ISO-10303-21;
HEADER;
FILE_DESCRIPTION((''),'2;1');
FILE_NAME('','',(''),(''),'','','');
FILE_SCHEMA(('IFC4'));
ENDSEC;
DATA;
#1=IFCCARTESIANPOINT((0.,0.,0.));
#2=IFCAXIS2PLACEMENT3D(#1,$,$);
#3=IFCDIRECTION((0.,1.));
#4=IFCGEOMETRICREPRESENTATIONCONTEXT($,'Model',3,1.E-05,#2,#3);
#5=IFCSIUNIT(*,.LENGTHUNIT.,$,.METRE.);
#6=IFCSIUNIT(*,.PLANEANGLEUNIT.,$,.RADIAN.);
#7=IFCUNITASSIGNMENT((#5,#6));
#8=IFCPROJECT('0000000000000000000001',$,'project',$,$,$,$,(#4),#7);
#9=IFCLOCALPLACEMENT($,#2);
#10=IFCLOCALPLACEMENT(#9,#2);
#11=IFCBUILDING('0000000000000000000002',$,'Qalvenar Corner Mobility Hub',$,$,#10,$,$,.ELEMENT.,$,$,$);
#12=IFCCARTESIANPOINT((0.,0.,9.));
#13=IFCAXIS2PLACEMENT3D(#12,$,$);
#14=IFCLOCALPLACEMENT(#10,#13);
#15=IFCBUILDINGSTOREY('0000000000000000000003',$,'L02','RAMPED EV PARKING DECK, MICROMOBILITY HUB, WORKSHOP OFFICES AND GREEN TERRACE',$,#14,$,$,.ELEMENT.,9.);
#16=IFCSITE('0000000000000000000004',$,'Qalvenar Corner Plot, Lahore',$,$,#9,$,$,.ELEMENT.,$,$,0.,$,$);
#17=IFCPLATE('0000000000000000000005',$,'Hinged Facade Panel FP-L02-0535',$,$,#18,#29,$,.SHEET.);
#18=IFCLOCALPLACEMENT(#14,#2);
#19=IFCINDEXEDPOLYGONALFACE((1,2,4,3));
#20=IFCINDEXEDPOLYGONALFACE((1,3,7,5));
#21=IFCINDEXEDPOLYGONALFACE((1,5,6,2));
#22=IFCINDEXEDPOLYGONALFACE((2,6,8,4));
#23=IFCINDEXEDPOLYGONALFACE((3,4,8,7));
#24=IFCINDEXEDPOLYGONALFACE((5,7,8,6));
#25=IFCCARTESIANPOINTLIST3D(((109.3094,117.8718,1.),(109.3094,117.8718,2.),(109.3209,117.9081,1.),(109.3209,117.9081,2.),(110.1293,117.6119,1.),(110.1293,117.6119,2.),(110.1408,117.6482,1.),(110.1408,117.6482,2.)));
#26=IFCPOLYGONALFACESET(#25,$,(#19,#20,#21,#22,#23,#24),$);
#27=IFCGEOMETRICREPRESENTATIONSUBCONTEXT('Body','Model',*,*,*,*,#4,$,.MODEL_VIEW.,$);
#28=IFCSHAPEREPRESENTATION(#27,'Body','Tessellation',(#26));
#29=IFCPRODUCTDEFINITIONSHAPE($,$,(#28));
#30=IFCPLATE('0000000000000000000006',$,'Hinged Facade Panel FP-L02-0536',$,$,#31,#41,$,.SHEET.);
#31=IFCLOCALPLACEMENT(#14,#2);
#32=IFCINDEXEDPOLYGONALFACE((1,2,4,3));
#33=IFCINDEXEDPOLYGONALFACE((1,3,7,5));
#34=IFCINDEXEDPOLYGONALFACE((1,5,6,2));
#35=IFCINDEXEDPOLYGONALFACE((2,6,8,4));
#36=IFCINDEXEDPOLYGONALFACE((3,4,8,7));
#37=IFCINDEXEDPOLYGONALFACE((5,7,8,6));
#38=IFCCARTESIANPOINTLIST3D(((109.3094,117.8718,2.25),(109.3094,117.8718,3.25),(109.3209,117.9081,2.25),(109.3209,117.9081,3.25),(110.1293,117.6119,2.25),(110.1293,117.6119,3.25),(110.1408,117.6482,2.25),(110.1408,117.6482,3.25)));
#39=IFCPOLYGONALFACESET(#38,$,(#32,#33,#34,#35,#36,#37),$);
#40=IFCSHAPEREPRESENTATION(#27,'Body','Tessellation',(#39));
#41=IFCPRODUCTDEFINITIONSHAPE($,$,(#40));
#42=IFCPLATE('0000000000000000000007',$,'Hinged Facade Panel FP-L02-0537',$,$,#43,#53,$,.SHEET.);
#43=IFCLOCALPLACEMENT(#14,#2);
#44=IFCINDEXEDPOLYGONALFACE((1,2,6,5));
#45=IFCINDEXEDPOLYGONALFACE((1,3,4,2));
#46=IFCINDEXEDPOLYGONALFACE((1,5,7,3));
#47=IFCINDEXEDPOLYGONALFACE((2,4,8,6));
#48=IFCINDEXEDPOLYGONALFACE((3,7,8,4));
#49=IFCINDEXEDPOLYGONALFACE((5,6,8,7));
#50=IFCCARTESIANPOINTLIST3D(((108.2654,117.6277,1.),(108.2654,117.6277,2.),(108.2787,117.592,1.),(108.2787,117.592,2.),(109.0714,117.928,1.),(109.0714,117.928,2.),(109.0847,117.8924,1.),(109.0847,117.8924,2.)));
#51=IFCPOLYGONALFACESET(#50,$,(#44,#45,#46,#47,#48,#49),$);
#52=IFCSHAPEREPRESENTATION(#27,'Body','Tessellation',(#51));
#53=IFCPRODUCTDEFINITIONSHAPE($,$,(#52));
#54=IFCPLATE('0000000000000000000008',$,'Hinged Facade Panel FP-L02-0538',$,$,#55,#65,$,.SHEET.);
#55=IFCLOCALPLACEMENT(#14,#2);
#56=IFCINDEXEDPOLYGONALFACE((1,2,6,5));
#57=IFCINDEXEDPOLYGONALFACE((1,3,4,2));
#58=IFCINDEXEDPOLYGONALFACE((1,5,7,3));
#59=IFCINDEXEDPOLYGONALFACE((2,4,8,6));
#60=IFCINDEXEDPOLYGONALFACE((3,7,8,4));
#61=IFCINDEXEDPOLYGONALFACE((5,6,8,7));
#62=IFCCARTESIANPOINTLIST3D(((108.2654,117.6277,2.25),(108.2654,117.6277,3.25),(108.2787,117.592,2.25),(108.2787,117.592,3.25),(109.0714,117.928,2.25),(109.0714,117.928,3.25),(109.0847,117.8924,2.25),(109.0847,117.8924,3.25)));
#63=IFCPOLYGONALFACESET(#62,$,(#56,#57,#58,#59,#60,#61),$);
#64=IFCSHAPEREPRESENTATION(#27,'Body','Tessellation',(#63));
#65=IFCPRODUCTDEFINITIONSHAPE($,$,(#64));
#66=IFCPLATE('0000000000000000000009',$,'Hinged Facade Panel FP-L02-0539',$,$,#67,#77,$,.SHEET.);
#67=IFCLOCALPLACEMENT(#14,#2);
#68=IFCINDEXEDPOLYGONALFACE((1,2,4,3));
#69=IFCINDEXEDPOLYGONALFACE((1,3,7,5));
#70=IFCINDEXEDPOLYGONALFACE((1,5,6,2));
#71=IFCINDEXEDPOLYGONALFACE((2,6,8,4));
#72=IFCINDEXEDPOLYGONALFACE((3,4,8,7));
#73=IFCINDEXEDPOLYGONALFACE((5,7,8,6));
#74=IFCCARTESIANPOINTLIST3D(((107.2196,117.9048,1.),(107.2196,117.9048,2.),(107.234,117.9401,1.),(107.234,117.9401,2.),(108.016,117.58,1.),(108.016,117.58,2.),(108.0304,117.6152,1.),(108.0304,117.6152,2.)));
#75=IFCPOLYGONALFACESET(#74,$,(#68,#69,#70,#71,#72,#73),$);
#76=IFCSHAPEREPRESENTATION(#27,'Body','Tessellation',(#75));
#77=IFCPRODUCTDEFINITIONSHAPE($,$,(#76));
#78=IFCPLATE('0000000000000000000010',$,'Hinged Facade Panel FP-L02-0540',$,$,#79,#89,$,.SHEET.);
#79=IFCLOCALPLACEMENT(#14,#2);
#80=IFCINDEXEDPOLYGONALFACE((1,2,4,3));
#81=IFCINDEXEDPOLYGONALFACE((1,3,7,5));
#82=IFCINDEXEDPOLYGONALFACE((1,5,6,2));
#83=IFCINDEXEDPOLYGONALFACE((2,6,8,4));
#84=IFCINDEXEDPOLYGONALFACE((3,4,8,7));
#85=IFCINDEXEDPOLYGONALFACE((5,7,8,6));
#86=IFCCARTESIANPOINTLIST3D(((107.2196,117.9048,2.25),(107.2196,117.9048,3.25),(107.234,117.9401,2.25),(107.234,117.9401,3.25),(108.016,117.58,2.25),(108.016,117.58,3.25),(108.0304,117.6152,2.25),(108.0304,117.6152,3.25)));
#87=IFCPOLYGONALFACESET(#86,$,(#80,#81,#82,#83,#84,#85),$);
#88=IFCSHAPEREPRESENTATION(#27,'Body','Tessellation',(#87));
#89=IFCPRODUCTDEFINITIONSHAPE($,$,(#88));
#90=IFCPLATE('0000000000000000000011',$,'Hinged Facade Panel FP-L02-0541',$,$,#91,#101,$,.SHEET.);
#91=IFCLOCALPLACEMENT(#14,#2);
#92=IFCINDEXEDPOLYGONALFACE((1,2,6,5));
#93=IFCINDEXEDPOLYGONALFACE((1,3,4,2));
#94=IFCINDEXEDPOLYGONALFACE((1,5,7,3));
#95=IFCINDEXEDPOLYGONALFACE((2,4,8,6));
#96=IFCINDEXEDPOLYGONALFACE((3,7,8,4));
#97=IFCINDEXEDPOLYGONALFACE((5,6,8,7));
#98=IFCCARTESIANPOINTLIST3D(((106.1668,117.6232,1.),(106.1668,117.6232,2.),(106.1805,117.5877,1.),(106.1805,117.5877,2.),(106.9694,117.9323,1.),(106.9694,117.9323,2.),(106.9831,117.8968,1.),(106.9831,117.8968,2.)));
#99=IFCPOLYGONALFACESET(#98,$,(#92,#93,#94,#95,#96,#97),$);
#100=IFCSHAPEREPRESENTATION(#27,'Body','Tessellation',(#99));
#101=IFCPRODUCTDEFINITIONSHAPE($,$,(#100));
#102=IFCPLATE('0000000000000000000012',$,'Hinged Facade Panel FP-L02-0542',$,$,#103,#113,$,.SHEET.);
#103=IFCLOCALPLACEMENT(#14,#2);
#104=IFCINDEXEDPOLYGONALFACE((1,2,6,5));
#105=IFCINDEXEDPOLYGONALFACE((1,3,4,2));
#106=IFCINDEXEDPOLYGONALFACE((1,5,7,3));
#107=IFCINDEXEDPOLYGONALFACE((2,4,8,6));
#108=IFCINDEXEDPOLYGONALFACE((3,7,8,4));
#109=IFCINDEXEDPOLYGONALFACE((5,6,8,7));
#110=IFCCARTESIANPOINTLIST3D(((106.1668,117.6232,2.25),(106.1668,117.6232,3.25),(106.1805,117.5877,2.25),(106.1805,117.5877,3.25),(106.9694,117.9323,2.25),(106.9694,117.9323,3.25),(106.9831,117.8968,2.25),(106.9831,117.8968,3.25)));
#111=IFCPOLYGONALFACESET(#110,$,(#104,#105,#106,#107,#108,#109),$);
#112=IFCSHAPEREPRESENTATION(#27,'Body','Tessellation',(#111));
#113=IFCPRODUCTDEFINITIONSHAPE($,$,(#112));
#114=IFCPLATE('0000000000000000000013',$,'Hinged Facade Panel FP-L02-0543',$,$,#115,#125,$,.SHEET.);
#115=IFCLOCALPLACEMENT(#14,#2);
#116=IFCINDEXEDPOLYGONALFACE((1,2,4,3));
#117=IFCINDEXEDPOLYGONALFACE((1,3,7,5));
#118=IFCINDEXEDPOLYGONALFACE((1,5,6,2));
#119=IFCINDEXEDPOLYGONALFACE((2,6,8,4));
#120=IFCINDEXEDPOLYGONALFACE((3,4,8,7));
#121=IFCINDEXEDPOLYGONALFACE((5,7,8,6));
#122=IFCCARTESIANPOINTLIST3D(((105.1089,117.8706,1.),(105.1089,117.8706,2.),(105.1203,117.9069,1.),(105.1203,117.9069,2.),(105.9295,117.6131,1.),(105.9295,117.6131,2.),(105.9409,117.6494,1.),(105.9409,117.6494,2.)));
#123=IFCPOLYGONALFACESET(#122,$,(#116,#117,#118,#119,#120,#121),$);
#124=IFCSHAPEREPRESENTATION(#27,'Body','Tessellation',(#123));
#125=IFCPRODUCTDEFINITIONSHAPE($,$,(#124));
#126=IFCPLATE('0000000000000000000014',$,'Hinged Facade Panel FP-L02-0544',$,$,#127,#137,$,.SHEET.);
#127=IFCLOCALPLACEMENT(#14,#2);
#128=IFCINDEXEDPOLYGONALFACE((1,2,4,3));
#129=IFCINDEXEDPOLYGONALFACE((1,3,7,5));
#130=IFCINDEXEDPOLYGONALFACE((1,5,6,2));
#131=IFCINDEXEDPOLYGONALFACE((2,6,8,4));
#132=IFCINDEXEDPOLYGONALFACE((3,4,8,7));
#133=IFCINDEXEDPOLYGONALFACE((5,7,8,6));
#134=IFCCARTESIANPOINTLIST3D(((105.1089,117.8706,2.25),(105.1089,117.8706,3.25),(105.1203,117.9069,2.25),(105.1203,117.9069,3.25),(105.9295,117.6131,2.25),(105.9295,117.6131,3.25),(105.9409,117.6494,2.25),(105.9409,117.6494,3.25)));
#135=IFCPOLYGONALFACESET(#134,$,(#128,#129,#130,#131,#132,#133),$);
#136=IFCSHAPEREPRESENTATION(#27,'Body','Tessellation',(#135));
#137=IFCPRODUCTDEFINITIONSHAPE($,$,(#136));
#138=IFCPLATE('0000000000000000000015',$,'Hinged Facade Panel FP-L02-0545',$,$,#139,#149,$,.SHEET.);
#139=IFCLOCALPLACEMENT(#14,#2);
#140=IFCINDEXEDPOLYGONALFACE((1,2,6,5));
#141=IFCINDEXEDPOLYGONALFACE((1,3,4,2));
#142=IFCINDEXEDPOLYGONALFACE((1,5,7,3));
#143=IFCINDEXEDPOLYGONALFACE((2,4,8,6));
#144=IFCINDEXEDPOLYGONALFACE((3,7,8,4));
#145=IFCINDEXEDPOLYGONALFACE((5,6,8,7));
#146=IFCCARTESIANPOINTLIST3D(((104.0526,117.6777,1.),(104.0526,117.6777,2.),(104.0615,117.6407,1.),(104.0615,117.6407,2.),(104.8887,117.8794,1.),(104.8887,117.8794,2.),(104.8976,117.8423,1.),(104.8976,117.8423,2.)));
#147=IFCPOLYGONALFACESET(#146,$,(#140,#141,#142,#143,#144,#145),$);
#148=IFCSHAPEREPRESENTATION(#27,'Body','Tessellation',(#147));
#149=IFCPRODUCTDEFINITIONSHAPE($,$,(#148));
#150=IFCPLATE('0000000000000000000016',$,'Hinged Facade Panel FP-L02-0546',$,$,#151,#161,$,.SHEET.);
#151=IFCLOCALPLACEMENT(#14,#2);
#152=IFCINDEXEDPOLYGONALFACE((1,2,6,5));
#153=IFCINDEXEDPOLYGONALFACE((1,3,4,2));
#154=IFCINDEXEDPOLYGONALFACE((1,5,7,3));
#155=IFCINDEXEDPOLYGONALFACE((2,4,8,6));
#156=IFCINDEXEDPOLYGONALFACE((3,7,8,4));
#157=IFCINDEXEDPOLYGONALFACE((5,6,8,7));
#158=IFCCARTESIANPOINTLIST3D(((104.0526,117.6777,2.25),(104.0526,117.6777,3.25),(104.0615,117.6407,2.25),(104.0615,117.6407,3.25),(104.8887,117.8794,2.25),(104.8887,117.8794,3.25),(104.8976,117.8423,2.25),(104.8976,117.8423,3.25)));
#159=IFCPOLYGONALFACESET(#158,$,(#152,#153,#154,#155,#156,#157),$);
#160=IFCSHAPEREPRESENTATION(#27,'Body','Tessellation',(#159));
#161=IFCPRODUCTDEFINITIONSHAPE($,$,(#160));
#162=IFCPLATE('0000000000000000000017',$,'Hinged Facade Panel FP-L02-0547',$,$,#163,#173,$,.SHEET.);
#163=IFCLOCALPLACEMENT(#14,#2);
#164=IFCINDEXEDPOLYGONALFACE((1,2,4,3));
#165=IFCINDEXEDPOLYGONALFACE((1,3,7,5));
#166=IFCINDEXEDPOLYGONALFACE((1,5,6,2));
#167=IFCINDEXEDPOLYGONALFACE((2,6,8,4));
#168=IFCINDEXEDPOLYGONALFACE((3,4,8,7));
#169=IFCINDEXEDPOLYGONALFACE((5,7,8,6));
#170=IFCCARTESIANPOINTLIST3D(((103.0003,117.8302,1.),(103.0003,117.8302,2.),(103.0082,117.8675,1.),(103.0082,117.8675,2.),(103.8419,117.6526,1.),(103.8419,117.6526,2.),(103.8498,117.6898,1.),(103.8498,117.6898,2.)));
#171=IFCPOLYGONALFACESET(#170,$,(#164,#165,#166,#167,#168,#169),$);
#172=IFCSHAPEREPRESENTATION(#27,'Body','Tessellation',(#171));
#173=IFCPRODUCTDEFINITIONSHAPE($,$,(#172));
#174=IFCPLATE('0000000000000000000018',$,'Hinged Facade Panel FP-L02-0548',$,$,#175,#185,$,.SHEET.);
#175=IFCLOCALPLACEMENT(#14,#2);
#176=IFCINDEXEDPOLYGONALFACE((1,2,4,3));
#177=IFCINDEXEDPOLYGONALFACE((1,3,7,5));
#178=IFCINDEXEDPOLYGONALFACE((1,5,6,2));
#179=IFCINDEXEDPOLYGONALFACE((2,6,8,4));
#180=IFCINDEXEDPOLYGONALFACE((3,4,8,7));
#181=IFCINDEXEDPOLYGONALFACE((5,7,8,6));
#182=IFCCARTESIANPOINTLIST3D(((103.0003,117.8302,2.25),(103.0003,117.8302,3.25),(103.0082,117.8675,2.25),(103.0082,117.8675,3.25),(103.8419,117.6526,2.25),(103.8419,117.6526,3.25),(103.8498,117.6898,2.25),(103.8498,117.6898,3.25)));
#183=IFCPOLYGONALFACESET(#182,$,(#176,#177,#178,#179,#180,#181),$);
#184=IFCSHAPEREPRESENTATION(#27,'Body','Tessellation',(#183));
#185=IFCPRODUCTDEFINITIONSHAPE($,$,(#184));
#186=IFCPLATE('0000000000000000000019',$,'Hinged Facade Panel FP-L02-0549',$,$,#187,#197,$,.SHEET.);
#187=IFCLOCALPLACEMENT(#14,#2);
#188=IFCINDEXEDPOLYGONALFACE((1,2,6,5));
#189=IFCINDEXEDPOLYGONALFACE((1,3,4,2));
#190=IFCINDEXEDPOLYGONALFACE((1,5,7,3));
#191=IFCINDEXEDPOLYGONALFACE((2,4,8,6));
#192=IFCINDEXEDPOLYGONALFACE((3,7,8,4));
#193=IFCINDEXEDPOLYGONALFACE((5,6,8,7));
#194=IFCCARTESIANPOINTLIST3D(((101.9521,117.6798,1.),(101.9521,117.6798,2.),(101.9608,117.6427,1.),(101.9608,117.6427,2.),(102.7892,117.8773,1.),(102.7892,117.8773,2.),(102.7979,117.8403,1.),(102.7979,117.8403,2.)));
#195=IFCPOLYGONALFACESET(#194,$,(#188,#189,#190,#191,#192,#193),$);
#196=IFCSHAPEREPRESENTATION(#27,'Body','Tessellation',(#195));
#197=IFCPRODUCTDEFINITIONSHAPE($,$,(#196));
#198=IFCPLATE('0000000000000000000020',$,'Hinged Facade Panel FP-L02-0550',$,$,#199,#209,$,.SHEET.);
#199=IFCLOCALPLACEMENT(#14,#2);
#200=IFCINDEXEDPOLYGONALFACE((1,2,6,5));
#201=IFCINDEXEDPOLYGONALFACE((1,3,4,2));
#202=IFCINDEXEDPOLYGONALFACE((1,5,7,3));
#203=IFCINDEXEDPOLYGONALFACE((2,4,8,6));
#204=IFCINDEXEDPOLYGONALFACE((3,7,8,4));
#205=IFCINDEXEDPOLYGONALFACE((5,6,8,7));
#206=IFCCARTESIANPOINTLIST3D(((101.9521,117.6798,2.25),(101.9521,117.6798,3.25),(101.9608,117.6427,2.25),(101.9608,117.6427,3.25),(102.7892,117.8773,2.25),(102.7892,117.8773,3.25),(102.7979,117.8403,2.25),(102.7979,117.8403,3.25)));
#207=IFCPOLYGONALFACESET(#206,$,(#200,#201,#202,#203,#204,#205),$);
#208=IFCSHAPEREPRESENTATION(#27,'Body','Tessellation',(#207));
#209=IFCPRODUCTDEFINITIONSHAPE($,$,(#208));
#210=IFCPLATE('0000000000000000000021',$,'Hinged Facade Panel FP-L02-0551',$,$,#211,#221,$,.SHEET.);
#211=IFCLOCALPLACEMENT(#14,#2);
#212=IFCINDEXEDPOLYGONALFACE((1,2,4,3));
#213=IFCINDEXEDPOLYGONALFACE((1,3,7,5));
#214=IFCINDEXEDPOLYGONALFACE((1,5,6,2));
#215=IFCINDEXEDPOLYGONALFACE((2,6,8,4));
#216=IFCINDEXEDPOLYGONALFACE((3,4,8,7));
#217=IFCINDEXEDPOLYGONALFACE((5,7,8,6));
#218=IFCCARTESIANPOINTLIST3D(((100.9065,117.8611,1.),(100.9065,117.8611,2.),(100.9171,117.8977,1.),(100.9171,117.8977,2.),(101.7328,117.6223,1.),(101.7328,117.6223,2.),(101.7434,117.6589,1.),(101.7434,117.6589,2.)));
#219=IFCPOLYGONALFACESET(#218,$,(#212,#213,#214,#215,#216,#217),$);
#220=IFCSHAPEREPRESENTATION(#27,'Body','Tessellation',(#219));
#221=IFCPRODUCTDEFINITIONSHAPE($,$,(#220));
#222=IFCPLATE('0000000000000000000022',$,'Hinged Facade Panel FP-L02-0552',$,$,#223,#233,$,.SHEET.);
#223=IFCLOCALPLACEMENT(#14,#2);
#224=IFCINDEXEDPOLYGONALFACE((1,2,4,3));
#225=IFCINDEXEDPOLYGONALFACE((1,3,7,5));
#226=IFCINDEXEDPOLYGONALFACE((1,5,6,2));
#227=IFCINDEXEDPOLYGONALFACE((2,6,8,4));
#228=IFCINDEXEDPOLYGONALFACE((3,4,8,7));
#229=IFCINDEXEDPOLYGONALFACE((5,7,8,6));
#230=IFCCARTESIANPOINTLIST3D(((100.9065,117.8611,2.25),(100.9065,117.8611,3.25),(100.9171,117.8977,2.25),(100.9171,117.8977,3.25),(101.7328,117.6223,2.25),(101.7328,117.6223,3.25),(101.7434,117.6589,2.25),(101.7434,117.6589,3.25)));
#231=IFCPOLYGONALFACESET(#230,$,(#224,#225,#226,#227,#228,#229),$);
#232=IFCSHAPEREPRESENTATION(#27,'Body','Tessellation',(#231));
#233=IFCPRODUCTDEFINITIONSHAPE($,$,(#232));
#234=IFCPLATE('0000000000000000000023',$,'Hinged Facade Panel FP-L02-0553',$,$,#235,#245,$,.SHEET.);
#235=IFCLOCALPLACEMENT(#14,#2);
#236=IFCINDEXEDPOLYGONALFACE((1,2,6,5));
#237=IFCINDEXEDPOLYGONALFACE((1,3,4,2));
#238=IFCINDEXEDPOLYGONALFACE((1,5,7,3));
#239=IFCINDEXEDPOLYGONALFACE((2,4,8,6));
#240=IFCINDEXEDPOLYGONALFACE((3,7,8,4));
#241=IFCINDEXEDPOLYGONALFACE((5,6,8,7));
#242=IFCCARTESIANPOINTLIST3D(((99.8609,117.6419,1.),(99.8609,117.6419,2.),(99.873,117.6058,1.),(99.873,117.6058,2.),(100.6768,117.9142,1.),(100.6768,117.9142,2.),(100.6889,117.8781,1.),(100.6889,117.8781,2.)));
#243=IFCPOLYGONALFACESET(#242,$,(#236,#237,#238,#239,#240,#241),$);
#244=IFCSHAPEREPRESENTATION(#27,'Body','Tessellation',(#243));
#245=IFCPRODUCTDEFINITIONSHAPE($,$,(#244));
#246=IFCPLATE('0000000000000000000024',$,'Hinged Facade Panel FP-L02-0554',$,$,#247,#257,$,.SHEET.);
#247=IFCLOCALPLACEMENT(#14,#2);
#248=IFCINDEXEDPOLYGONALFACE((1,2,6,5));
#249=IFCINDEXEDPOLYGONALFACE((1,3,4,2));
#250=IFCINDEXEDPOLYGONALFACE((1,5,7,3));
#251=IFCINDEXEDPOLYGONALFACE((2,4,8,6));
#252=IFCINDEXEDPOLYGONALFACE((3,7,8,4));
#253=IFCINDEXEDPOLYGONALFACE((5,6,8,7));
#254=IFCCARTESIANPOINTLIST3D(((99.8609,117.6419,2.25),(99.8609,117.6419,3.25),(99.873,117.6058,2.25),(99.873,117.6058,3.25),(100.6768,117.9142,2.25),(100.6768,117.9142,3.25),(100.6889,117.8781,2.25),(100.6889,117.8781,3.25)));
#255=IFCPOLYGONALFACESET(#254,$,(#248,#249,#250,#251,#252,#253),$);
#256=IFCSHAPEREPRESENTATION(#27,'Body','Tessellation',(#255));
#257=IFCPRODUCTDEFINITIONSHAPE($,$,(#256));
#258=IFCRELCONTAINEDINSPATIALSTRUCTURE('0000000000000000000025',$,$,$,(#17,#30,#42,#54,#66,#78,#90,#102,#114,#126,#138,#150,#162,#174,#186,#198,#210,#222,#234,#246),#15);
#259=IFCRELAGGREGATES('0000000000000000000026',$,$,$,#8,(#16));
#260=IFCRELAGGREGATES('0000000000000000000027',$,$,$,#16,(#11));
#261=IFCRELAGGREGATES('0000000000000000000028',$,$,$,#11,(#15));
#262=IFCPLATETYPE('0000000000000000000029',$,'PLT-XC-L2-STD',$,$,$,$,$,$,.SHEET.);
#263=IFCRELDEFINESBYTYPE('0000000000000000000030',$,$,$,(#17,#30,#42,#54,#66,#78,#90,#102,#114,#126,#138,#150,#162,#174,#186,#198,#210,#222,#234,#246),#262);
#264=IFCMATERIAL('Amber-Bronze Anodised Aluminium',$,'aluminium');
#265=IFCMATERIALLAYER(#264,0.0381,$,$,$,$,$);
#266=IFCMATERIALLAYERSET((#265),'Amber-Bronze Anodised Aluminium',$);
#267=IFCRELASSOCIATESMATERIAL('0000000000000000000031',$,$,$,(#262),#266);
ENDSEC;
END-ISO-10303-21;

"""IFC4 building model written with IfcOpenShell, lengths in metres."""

from ifc_helpers import new_model, si_unit, direction, frame, origin, origin_2d, place, context, subcontext, project, spatial, rectangle, extrude, material, layer, layer_set, type_object, element, save


model = new_model("IFC4")

# Units and contexts
model_context = context("Model", 3, precision=1e-05, world=origin(), true_north=direction((0.0, 1.0)))
body_context = subcontext(model_context, "Body", "Model", "MODEL_VIEW")
ifc_project = project(units=[si_unit("LENGTHUNIT", "METRE"), si_unit("PLANEANGLEUNIT", "RADIAN")], contexts=[model_context])

# Site, building, storey
site_placement = place(None, origin())
site = spatial("IfcSite", under=ifc_project, at=site_placement, Name="Qalvenar Corner Plot, Lahore", CompositionType="ELEMENT", RefElevation=0.0)
building_placement = place(site_placement, origin())
building = spatial("IfcBuilding", under=site, at=building_placement, Name="Qalvenar Corner Mobility Hub", CompositionType="ELEMENT")
storey_placement = place(building_placement, frame((0.0, 0.0, 9.0)))
storey = spatial("IfcBuildingStorey", under=building, at=storey_placement, Name="L02", Description="RAMPED EV PARKING DECK, MICROMOBILITY HUB, WORKSHOP OFFICES AND GREEN TERRACE", CompositionType="ELEMENT", Elevation=9.0)

# Plates
ifc_material_1 = material(Name="Amber-Bronze Anodised Aluminium", Category="aluminium")
ifc_layer = layer(ifc_material_1, 0.0381)
ifc_layer_set = layer_set([ifc_layer], Name="Amber-Bronze Anodised Aluminium")
plate_type = type_object("IfcPlateType", Name="PLT-XC-L2-STD", PredefinedType="SHEET", material=ifc_layer_set)
for number, where, z_axis, x_axis, name in (
    (1, (109.7251, 117.76, 1.0), (0.0, 0.0, 1.0), (-0.953243, 0.302204, 0.0), "Hinged Facade Panel FP-L02-0535"),
    (2, (109.7251, 117.76, 2.25), (0.0, 0.0, 1.0), (-0.953243, 0.302204, 0.0), "Hinged Facade Panel FP-L02-0536"),
    (3, (108.675, 117.76, 1.0), (0.0, 0.0, 1.0), (-0.937038, -0.349226, 0.0), "Hinged Facade Panel FP-L02-0537"),
    (4, (108.675, 117.76, 2.25), (0.0, 0.0, 1.0), (-0.937038, -0.349226, 0.0), "Hinged Facade Panel FP-L02-0538"),
    (5, (107.625, 117.76, 1.0), (0.0, 0.0, 1.0), (-0.925937, 0.377679, 0.0), "Hinged Facade Panel FP-L02-0539"),
    (6, (107.625, 117.76, 2.25), (0.0, 0.0, 1.0), (-0.925937, 0.377679, 0.0), "Hinged Facade Panel FP-L02-0540"),
    (7, (106.575, 117.76, 1.0), (0.0, 0.0, 1.0), (-0.933205, -0.359345, 0.0), "Hinged Facade Panel FP-L02-0541"),
    (8, (106.575, 117.76, 2.25), (0.0, 0.0, 1.0), (-0.933205, -0.359345, 0.0), "Hinged Facade Panel FP-L02-0542"),
    (9, (105.5249, 117.76, 1.0), (0.0, 0.0, 1.0), (-0.954136, 0.299374, 0.0), "Hinged Facade Panel FP-L02-0543"),
    (10, (105.5249, 117.76, 2.25), (0.0, 0.0, 1.0), (-0.954136, 0.299374, 0.0), "Hinged Facade Panel FP-L02-0544"),
    (11, (104.4751, 117.76, 1.0), (0.0, 0.0, 1.0), (-0.972125, -0.234463, 0.0), "Hinged Facade Panel FP-L02-0545"),
    (12, (104.4751, 117.76, 2.25), (0.0, 0.0, 1.0), (-0.972125, -0.234463, 0.0), "Hinged Facade Panel FP-L02-0546"),
    (13, (103.425, 117.76, 1.0), (0.0, 0.0, 1.0), (-0.978437, 0.206546, 0.0), "Hinged Facade Panel FP-L02-0547"),
    (14, (103.425, 117.76, 2.25), (0.0, 0.0, 1.0), (-0.978437, 0.206546, 0.0), "Hinged Facade Panel FP-L02-0548"),
    (15, (102.375, 117.76, 1.0), (0.0, 0.0, 1.0), (-0.973259, -0.22971, 0.0), "Hinged Facade Panel FP-L02-0549"),
    (16, (102.375, 117.76, 2.25), (0.0, 0.0, 1.0), (-0.973259, -0.22971, 0.0), "Hinged Facade Panel FP-L02-0550"),
    (17, (101.325, 117.76, 1.0), (0.0, 0.0, 1.0), (-0.960682, 0.27765, 0.0), "Hinged Facade Panel FP-L02-0551"),
    (18, (101.325, 117.76, 2.25), (0.0, 0.0, 1.0), (-0.960682, 0.27765, 0.0), "Hinged Facade Panel FP-L02-0552"),
    (19, (100.2749, 117.76, 1.0), (0.0, 0.0, 1.0), (-0.948545, -0.316643, 0.0), "Hinged Facade Panel FP-L02-0553"),
    (20, (100.2749, 117.76, 2.25), (0.0, 0.0, 1.0), (-0.948545, -0.316643, 0.0), "Hinged Facade Panel FP-L02-0554"),
):
    element("IfcPlate", number, at=place(storey_placement, frame(where, z_axis=z_axis, x_axis=x_axis)), inside=storey, type_object=plate_type, Name=name, PredefinedType="SHEET", context=body_context, shape_type="SweptSolid", body=[
        extrude(rectangle(XDim=0.8601, YDim=0.0381, at=origin_2d()), origin(), (0.0, 0.0, 1.0), 1.0),
    ])

save(model, "model.ifc")
